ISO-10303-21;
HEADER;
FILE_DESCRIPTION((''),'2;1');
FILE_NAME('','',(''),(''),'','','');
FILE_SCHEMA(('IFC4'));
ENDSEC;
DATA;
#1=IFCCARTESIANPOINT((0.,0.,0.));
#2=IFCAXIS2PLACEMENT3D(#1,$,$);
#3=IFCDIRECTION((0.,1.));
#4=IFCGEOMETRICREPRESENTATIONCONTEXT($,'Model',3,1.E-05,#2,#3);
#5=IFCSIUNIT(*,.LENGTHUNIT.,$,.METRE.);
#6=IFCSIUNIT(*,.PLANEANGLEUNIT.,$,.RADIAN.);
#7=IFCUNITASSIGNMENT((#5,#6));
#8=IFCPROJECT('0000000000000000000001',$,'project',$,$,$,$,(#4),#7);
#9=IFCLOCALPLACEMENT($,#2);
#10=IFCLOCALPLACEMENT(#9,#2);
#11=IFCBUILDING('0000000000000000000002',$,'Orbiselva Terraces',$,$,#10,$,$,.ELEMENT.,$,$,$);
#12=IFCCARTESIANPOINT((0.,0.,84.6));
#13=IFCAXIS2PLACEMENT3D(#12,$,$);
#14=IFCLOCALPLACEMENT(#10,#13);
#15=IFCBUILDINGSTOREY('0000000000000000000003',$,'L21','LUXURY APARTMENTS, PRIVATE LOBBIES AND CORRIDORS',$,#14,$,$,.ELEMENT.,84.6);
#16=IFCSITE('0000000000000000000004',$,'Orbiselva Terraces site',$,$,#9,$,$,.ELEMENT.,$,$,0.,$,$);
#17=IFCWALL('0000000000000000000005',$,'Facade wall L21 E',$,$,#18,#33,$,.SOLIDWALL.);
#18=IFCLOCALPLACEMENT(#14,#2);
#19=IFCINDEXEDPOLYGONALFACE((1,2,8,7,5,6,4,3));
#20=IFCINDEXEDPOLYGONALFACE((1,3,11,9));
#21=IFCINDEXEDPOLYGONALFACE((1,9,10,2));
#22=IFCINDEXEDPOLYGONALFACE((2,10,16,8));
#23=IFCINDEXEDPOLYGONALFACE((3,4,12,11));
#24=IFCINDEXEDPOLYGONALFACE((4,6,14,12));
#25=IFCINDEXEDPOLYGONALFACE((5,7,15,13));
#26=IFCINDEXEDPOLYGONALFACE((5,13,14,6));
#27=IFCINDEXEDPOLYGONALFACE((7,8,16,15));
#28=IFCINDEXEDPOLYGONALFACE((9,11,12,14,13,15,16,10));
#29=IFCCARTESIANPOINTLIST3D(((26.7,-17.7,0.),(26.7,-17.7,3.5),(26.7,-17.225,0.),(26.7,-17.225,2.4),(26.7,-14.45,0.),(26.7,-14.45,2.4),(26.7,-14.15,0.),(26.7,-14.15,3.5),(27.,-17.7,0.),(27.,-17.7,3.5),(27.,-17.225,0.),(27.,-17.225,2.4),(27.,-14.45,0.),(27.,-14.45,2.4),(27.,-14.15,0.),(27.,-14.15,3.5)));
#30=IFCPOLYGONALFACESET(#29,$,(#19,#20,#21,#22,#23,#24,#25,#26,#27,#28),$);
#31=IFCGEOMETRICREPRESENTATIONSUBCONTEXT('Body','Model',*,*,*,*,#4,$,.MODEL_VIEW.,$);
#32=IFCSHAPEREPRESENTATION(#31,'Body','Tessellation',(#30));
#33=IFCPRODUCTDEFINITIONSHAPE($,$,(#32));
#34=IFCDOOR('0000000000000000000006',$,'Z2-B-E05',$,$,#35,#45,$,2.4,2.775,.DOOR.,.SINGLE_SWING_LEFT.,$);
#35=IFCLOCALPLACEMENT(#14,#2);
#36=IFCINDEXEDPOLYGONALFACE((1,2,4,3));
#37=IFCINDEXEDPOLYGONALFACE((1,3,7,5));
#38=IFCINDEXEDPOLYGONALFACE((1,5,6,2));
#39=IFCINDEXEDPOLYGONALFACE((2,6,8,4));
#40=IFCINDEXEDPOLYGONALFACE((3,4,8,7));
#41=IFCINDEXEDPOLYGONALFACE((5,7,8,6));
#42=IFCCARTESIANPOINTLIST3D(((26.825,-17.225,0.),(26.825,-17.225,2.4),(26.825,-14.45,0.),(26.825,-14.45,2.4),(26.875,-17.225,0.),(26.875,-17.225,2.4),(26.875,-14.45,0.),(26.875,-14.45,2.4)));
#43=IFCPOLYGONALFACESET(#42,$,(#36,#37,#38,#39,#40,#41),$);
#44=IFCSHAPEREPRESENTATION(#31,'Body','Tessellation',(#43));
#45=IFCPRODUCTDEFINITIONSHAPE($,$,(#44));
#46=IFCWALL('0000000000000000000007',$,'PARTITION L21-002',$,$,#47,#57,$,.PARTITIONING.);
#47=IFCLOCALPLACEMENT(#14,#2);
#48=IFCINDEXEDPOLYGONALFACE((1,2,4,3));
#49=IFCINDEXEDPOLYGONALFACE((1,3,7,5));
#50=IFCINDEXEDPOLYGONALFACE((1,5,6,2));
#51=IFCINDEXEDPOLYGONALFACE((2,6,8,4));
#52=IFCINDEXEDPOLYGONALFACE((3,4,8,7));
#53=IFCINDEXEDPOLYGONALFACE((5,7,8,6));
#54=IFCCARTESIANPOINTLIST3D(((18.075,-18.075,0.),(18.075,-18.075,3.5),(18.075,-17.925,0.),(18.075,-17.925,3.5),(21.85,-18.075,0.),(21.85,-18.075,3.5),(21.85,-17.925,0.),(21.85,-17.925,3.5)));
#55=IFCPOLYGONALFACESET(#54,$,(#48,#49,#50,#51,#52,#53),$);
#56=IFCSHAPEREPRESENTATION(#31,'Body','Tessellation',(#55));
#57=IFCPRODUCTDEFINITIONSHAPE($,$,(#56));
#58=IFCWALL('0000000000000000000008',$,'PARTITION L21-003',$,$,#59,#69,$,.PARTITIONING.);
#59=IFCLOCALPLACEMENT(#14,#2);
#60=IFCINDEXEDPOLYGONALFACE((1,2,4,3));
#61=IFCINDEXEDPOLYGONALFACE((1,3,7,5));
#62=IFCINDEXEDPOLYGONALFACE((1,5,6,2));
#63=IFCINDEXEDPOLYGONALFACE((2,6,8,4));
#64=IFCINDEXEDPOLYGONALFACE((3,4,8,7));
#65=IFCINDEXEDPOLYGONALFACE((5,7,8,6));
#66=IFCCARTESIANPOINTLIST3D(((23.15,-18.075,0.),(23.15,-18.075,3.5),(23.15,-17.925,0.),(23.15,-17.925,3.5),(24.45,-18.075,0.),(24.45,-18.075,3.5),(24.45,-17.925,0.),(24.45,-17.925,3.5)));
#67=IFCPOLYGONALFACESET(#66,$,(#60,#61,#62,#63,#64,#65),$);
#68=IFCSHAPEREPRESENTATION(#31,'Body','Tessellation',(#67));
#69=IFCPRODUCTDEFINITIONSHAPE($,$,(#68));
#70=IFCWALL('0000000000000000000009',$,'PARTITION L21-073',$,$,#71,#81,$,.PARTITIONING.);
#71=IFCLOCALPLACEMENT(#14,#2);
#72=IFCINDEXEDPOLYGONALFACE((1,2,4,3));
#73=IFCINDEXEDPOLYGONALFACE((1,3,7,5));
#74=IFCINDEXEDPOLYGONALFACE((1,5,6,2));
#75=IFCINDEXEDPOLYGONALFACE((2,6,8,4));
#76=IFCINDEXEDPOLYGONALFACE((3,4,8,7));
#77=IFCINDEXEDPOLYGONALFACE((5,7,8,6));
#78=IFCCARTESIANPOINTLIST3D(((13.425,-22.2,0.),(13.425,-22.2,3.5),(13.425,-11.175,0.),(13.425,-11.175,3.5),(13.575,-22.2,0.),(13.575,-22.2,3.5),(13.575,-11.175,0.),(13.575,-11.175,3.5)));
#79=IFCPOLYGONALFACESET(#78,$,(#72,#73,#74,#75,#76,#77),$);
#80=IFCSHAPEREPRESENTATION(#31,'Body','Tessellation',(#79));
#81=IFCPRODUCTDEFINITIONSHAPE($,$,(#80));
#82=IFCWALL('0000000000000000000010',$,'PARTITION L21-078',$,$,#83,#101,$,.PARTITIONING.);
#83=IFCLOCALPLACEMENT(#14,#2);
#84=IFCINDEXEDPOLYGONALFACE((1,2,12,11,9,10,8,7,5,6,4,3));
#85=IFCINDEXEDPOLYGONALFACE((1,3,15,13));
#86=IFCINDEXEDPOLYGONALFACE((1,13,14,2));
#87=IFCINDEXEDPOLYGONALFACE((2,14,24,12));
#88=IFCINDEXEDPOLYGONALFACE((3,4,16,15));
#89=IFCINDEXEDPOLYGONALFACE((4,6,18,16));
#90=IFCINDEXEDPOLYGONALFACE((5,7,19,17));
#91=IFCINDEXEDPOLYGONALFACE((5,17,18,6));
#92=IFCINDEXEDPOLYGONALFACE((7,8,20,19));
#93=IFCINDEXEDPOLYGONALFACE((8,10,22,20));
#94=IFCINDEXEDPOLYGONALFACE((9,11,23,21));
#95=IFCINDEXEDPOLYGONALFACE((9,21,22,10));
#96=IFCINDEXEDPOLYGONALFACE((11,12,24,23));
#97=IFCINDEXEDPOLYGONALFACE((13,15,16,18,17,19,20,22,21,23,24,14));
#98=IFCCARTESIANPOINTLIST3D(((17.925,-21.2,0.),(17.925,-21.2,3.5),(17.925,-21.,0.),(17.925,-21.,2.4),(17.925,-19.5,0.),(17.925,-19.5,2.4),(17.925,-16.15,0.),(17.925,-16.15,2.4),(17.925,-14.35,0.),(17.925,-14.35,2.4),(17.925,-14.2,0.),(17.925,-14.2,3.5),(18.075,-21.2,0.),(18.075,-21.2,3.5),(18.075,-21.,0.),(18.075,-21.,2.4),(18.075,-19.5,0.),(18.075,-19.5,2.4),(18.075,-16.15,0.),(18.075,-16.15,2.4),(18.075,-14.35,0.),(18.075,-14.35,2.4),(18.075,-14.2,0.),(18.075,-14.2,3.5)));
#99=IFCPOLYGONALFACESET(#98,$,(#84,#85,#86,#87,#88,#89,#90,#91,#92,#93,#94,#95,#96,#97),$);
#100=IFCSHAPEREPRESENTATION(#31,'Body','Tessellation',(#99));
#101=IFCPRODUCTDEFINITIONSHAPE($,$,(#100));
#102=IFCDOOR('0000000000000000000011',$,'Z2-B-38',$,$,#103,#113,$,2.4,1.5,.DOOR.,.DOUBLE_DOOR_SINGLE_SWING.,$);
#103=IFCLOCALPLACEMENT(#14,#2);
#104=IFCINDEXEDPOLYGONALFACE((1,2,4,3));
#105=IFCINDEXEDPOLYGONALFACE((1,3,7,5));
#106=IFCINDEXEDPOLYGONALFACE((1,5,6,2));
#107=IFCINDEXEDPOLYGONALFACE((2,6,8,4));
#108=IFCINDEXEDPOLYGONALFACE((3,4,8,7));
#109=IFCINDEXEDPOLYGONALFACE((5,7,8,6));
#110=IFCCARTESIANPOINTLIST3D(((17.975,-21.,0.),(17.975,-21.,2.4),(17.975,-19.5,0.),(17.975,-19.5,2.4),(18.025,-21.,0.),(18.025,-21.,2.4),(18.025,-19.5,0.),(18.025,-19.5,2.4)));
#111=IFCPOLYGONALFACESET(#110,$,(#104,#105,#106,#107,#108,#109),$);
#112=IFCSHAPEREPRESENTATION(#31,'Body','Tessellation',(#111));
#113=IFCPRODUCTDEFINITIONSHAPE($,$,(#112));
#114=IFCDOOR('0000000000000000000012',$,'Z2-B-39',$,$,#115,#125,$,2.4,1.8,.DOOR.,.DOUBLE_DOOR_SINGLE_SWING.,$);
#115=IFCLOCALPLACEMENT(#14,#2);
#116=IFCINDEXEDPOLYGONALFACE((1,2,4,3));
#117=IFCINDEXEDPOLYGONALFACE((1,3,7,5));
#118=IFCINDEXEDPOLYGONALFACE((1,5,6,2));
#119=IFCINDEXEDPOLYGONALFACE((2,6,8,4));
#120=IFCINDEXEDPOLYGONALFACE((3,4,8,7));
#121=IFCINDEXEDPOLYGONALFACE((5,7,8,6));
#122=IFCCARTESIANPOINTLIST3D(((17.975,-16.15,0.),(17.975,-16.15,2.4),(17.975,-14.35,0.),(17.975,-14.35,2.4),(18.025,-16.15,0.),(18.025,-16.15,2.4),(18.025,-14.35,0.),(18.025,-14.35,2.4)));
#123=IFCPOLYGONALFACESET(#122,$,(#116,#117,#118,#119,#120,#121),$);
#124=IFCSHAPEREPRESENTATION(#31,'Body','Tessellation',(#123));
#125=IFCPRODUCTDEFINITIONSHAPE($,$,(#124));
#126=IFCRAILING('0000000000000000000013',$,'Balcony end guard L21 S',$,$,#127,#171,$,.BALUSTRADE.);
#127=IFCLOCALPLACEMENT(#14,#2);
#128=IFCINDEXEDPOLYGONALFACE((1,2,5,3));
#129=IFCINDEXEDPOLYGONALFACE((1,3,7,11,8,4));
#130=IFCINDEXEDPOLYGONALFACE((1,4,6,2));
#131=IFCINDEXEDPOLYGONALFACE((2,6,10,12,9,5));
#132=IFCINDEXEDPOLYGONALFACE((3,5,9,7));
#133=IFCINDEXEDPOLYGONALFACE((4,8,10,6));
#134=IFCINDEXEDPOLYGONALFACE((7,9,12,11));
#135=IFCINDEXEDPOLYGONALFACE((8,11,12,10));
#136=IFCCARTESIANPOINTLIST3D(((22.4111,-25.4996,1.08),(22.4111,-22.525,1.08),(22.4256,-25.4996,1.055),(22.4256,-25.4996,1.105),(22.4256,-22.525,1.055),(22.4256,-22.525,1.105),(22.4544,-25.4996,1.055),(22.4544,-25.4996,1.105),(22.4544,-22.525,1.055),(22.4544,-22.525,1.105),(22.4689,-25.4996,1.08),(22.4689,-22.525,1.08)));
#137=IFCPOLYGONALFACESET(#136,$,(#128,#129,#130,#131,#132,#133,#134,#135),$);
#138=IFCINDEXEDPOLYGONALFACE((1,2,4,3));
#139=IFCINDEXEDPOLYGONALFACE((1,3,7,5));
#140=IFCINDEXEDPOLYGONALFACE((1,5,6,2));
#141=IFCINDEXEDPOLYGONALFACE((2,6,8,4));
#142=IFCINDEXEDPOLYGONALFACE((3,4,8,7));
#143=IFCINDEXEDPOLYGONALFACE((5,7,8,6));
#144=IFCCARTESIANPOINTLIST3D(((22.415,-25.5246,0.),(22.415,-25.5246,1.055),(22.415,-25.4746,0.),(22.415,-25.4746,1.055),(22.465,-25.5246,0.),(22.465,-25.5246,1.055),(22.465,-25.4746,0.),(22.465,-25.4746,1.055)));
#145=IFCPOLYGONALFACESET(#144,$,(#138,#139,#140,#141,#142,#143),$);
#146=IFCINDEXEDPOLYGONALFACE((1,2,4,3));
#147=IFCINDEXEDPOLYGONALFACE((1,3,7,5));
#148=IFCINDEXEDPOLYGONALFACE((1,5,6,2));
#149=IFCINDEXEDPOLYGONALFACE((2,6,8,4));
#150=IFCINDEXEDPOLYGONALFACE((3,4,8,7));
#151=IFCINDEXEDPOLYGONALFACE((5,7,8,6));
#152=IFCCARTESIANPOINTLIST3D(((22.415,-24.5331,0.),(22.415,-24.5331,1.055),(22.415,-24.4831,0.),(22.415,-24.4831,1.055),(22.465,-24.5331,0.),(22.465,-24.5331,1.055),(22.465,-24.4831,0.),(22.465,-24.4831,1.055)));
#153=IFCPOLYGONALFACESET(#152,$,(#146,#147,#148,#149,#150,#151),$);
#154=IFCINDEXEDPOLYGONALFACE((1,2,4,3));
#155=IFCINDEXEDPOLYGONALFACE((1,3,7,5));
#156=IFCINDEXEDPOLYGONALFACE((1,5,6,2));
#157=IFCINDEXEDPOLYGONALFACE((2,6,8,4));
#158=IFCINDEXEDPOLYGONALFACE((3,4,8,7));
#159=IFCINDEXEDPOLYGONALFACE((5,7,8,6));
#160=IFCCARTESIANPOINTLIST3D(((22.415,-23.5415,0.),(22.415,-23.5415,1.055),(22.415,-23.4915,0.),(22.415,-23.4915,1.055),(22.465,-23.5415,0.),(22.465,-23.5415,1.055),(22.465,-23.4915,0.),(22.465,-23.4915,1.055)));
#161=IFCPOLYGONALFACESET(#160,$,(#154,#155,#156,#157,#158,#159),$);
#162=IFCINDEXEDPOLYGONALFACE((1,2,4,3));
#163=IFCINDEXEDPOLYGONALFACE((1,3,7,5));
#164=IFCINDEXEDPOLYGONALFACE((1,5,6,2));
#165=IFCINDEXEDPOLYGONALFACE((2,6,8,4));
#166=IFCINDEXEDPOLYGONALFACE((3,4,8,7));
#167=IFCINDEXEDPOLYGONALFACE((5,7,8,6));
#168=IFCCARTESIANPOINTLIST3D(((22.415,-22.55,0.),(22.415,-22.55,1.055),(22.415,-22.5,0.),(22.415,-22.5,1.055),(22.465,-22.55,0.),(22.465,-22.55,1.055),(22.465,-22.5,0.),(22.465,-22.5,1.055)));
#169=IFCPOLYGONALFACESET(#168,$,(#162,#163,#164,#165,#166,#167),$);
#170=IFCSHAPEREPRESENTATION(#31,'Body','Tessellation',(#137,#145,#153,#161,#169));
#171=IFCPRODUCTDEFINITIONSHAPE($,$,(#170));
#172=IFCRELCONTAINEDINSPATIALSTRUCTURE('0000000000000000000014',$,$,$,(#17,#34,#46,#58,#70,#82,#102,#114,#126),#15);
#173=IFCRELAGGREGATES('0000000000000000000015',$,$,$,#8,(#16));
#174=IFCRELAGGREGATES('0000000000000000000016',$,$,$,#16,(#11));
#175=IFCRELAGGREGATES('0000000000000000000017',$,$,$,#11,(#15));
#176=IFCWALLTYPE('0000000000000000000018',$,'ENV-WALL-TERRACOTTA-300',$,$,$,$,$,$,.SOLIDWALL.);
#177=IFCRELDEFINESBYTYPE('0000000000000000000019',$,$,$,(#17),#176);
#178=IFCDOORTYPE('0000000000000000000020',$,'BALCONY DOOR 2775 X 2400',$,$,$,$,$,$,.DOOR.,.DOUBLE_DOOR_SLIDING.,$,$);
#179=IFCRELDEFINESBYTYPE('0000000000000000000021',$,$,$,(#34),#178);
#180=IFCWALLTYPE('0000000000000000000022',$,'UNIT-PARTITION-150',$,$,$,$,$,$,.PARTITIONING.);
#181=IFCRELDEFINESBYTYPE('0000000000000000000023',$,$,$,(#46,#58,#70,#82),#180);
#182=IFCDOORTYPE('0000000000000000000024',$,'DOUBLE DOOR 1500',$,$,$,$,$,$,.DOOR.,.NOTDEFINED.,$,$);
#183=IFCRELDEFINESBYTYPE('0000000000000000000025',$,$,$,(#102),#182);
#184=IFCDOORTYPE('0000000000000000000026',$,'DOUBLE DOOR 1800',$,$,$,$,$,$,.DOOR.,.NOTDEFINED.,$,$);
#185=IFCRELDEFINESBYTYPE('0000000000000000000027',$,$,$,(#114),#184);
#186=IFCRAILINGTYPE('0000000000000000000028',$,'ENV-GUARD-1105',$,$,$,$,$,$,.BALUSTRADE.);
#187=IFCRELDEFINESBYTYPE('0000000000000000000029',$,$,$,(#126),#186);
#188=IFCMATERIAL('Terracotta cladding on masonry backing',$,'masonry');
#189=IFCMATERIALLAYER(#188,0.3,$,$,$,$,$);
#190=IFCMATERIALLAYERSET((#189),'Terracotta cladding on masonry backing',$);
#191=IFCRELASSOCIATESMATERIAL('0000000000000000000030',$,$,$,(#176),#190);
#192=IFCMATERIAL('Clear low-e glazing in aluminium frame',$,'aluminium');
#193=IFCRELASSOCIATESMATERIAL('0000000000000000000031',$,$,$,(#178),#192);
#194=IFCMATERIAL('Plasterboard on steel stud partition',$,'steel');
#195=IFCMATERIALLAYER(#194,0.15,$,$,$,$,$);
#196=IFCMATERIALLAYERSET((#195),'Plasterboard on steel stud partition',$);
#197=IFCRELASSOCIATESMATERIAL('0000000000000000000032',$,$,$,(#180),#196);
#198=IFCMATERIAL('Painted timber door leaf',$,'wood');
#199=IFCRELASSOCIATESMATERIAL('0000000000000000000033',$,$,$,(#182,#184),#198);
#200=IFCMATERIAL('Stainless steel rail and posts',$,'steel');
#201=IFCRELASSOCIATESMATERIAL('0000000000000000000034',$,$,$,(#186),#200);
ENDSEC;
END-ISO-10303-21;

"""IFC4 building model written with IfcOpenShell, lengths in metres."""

from ifc_helpers import new_model, si_unit, direction, frame, frame_2d, origin, origin_2d, place, context, subcontext, project, spatial, polyline, rectangle, outline, extrude, material, layer, layer_set, type_object, element, fill, save


model = new_model("IFC4")

# Units and contexts
model_context = context("Model", 3, precision=1e-05, world=origin(), true_north=direction((0.0, 1.0)))
body_context = subcontext(model_context, "Body", "Model", "MODEL_VIEW")
ifc_project = project(units=[si_unit("LENGTHUNIT", "METRE"), si_unit("PLANEANGLEUNIT", "RADIAN")], contexts=[model_context])

# Site, building, storey
site_placement = place(None, origin())
site = spatial("IfcSite", under=ifc_project, at=site_placement, Name="Orbiselva Terraces site", CompositionType="ELEMENT", RefElevation=0.0)
building_placement = place(site_placement, origin())
building = spatial("IfcBuilding", under=site, at=building_placement, Name="Orbiselva Terraces", CompositionType="ELEMENT")
storey_placement = place(building_placement, frame((0.0, 0.0, 84.6)))
storey = spatial("IfcBuildingStorey", under=building, at=storey_placement, Name="L21", Description="LUXURY APARTMENTS, PRIVATE LOBBIES AND CORRIDORS", CompositionType="ELEMENT", Elevation=84.6)

# Shared definitions
ifc_material_1 = material(Name="Terracotta cladding on masonry backing", Category="masonry")
ifc_layer_1 = layer(ifc_material_1, 0.3)
ifc_layer_set_1 = layer_set([ifc_layer_1], Name="Terracotta cladding on masonry backing")
wall_type_1 = type_object("IfcWallType", Name="ENV-WALL-TERRACOTTA-300", PredefinedType="SOLIDWALL", material=ifc_layer_set_1)
ifc_material_2 = material(Name="Clear low-e glazing in aluminium frame", Category="aluminium")

# Shared definitions
door_type_1 = type_object("IfcDoorType", Name="BALCONY DOOR 2775 X 2400", OperationType="DOUBLE_DOOR_SLIDING", PredefinedType="DOOR", material=ifc_material_2)

# Wall, opening, door
wall_1_placement = place(storey_placement, frame((26.85, -14.15, 0.0), z_axis=(0.0, 0.0, 1.0), x_axis=(0.0, -1.0, 0.0)))
wall_1 = element("IfcWall", 1, at=wall_1_placement, inside=storey, type_object=wall_type_1, Name="Facade wall L21 E", PredefinedType="SOLIDWALL", context=body_context, shape_type="SweptSolid", body=[
    extrude(rectangle(XDim=3.55, YDim=0.3, at=frame_2d((1.775, 0.0))), origin(), (0.0, 0.0, 1.0), 3.5),
])
opening_1_placement = place(wall_1_placement, frame((0.3, 0.0, 0.0)))
opening_1 = element("IfcOpeningElement", 2, at=opening_1_placement, cuts=wall_1, PredefinedType="OPENING", context=body_context, shape_type="SweptSolid", body=[
    extrude(rectangle(XDim=2.775, YDim=2.4, at=frame_2d((1.3875, 1.2))), frame((0.0, 0.16, 0.0), z_axis=(0.0, -1.0, 0.0), x_axis=(1.0, 0.0, 0.0)), (0.0, 0.0, 1.0), 0.32),
])
door_1_placement = place(opening_1_placement, origin())
door_1 = element("IfcDoor", 3, at=door_1_placement, inside=storey, type_object=door_type_1, Name="Z2-B-E05", OperationType="SINGLE_SWING_LEFT", OverallHeight=2.4, OverallWidth=2.775, PredefinedType="DOOR", context=body_context, shape_type="SweptSolid", body=[
    extrude(rectangle(XDim=2.775, YDim=2.4, at=frame_2d((1.3875, 1.2))), frame((0.0, 0.025, 0.0), z_axis=(0.0, -1.0, 0.0), x_axis=(1.0, 0.0, 0.0)), (0.0, 0.0, 1.0), 0.05),
])
fill(opening_1, door_1)

# Walls
ifc_material_3 = material(Name="Plasterboard on steel stud partition", Category="steel")
ifc_layer_2 = layer(ifc_material_3, 0.15)
ifc_layer_set_2 = layer_set([ifc_layer_2], Name="Plasterboard on steel stud partition")
wall_type_2 = type_object("IfcWallType", Name="UNIT-PARTITION-150", PredefinedType="PARTITIONING", material=ifc_layer_set_2)
wall_2_placement = place(storey_placement, frame((18.075, -18.0, 0.0), z_axis=(0.0, 0.0, 1.0), x_axis=(1.0, 0.0, 0.0)))
element("IfcWall", 4, at=wall_2_placement, inside=storey, type_object=wall_type_2, Name="PARTITION L21-002", PredefinedType="PARTITIONING", context=body_context, shape_type="SweptSolid", body=[
    extrude(rectangle(XDim=3.775, YDim=0.15, at=frame_2d((1.8875, 0.0))), origin(), (0.0, 0.0, 1.0), 3.5),
])
wall_3_placement = place(storey_placement, frame((23.15, -18.0, 0.0), z_axis=(0.0, 0.0, 1.0), x_axis=(1.0, 0.0, 0.0)))
element("IfcWall", 5, at=wall_3_placement, inside=storey, type_object=wall_type_2, Name="PARTITION L21-003", PredefinedType="PARTITIONING", context=body_context, shape_type="SweptSolid", body=[
    extrude(rectangle(XDim=1.3, YDim=0.15, at=frame_2d((0.65, 0.0))), origin(), (0.0, 0.0, 1.0), 3.5),
])
wall_4_placement = place(storey_placement, frame((13.5, -22.2, 0.0), z_axis=(0.0, 0.0, 1.0), x_axis=(0.0, 1.0, 0.0)))
element("IfcWall", 6, at=wall_4_placement, inside=storey, type_object=wall_type_2, Name="PARTITION L21-073", PredefinedType="PARTITIONING", context=body_context, shape_type="SweptSolid", body=[
    extrude(rectangle(XDim=11.025, YDim=0.15, at=frame_2d((5.5125, 0.0))), origin(), (0.0, 0.0, 1.0), 3.5),
])

# Wall, openings, doors
wall_5_placement = place(storey_placement, frame((18.0, -14.2, 0.0), z_axis=(0.0, 0.0, 1.0), x_axis=(0.0, -1.0, 0.0)))
wall_5 = element("IfcWall", 7, at=wall_5_placement, inside=storey, type_object=wall_type_2, Name="PARTITION L21-078", PredefinedType="PARTITIONING", context=body_context, shape_type="SweptSolid", body=[
    extrude(rectangle(XDim=7.0, YDim=0.15, at=frame_2d((3.5, 0.0))), origin(), (0.0, 0.0, 1.0), 3.5),
])
opening_2_placement = place(wall_5_placement, frame((5.3, 0.0, 0.0)))
opening_2 = element("IfcOpeningElement", 8, at=opening_2_placement, cuts=wall_5, PredefinedType="OPENING", context=body_context, shape_type="SweptSolid", body=[
    extrude(rectangle(XDim=1.5, YDim=2.4, at=frame_2d((0.75, 1.2))), frame((0.0, 0.085, 0.0), z_axis=(0.0, -1.0, 0.0), x_axis=(1.0, 0.0, 0.0)), (0.0, 0.0, 1.0), 0.17),
])
opening_3_placement = place(wall_5_placement, frame((0.15, 0.0, 0.0)))
opening_3 = element("IfcOpeningElement", 9, at=opening_3_placement, cuts=wall_5, PredefinedType="OPENING", context=body_context, shape_type="SweptSolid", body=[
    extrude(rectangle(XDim=1.8, YDim=2.4, at=frame_2d((0.9, 1.2))), frame((0.0, 0.085, 0.0), z_axis=(0.0, -1.0, 0.0), x_axis=(1.0, 0.0, 0.0)), (0.0, 0.0, 1.0), 0.17),
])
ifc_material_4 = material(Name="Painted timber door leaf", Category="wood")
door_type_2 = type_object("IfcDoorType", Name="DOUBLE DOOR 1500", OperationType="NOTDEFINED", PredefinedType="DOOR", material=ifc_material_4)
door_2_placement = place(opening_2_placement, origin())
door_2 = element("IfcDoor", 10, at=door_2_placement, inside=storey, type_object=door_type_2, Name="Z2-B-38", OperationType="DOUBLE_DOOR_SINGLE_SWING", OverallHeight=2.4, OverallWidth=1.5, PredefinedType="DOOR", context=body_context, shape_type="SweptSolid", body=[
    extrude(rectangle(XDim=1.5, YDim=2.4, at=frame_2d((0.75, 1.2))), frame((0.0, 0.025, 0.0), z_axis=(0.0, -1.0, 0.0), x_axis=(1.0, 0.0, 0.0)), (0.0, 0.0, 1.0), 0.05),
])
fill(opening_2, door_2)
door_type_3 = type_object("IfcDoorType", Name="DOUBLE DOOR 1800", OperationType="NOTDEFINED", PredefinedType="DOOR", material=ifc_material_4)
door_3_placement = place(opening_3_placement, origin())
door_3 = element("IfcDoor", 11, at=door_3_placement, inside=storey, type_object=door_type_3, Name="Z2-B-39", OperationType="DOUBLE_DOOR_SINGLE_SWING", OverallHeight=2.4, OverallWidth=1.8, PredefinedType="DOOR", context=body_context, shape_type="SweptSolid", body=[
    extrude(rectangle(XDim=1.8, YDim=2.4, at=frame_2d((0.9, 1.2))), frame((0.0, 0.025, 0.0), z_axis=(0.0, -1.0, 0.0), x_axis=(1.0, 0.0, 0.0)), (0.0, 0.0, 1.0), 0.05),
])
fill(opening_3, door_3)

# Railing
ifc_material_5 = material(Name="Stainless steel rail and posts", Category="steel")
railing_type_1 = type_object("IfcRailingType", Name="ENV-GUARD-1105", PredefinedType="BALUSTRADE", material=ifc_material_5)
railing_1_placement = place(storey_placement, frame((22.44, -25.4996, 0.0)))
element("IfcRailing", 12, at=railing_1_placement, inside=storey, type_object=railing_type_1, Name="Balcony end guard L21 S", PredefinedType="BALUSTRADE", context=body_context, shape_type="SweptSolid", body=[
    extrude(outline(polyline([(0.0289, 0.0), (0.0144, 0.025), (-0.0144, 0.025), (-0.0289, 0.0), (-0.0144, -0.025), (0.0144, -0.025), (0.0289, 0.0)])), frame((0.0, 0.0, 1.08), z_axis=(0.0, 1.0, 0.0), x_axis=(-1.0, 0.0, 0.0)), (0.0, 0.0, 1.0), 2.9746),
    extrude(rectangle(XDim=0.05, YDim=0.05, at=origin_2d()), origin(), (0.0, 0.0, 1.0), 1.055),
    extrude(rectangle(XDim=0.05, YDim=0.05, at=origin_2d()), frame((0.0, 0.9915, 0.0)), (0.0, 0.0, 1.0), 1.055),
    extrude(rectangle(XDim=0.05, YDim=0.05, at=origin_2d()), frame((0.0, 1.9831, 0.0)), (0.0, 0.0, 1.0), 1.055),
    extrude(rectangle(XDim=0.05, YDim=0.05, at=origin_2d()), frame((0.0, 2.9746, 0.0)), (0.0, 0.0, 1.0), 1.055),
])

save(model, "model.ifc")
